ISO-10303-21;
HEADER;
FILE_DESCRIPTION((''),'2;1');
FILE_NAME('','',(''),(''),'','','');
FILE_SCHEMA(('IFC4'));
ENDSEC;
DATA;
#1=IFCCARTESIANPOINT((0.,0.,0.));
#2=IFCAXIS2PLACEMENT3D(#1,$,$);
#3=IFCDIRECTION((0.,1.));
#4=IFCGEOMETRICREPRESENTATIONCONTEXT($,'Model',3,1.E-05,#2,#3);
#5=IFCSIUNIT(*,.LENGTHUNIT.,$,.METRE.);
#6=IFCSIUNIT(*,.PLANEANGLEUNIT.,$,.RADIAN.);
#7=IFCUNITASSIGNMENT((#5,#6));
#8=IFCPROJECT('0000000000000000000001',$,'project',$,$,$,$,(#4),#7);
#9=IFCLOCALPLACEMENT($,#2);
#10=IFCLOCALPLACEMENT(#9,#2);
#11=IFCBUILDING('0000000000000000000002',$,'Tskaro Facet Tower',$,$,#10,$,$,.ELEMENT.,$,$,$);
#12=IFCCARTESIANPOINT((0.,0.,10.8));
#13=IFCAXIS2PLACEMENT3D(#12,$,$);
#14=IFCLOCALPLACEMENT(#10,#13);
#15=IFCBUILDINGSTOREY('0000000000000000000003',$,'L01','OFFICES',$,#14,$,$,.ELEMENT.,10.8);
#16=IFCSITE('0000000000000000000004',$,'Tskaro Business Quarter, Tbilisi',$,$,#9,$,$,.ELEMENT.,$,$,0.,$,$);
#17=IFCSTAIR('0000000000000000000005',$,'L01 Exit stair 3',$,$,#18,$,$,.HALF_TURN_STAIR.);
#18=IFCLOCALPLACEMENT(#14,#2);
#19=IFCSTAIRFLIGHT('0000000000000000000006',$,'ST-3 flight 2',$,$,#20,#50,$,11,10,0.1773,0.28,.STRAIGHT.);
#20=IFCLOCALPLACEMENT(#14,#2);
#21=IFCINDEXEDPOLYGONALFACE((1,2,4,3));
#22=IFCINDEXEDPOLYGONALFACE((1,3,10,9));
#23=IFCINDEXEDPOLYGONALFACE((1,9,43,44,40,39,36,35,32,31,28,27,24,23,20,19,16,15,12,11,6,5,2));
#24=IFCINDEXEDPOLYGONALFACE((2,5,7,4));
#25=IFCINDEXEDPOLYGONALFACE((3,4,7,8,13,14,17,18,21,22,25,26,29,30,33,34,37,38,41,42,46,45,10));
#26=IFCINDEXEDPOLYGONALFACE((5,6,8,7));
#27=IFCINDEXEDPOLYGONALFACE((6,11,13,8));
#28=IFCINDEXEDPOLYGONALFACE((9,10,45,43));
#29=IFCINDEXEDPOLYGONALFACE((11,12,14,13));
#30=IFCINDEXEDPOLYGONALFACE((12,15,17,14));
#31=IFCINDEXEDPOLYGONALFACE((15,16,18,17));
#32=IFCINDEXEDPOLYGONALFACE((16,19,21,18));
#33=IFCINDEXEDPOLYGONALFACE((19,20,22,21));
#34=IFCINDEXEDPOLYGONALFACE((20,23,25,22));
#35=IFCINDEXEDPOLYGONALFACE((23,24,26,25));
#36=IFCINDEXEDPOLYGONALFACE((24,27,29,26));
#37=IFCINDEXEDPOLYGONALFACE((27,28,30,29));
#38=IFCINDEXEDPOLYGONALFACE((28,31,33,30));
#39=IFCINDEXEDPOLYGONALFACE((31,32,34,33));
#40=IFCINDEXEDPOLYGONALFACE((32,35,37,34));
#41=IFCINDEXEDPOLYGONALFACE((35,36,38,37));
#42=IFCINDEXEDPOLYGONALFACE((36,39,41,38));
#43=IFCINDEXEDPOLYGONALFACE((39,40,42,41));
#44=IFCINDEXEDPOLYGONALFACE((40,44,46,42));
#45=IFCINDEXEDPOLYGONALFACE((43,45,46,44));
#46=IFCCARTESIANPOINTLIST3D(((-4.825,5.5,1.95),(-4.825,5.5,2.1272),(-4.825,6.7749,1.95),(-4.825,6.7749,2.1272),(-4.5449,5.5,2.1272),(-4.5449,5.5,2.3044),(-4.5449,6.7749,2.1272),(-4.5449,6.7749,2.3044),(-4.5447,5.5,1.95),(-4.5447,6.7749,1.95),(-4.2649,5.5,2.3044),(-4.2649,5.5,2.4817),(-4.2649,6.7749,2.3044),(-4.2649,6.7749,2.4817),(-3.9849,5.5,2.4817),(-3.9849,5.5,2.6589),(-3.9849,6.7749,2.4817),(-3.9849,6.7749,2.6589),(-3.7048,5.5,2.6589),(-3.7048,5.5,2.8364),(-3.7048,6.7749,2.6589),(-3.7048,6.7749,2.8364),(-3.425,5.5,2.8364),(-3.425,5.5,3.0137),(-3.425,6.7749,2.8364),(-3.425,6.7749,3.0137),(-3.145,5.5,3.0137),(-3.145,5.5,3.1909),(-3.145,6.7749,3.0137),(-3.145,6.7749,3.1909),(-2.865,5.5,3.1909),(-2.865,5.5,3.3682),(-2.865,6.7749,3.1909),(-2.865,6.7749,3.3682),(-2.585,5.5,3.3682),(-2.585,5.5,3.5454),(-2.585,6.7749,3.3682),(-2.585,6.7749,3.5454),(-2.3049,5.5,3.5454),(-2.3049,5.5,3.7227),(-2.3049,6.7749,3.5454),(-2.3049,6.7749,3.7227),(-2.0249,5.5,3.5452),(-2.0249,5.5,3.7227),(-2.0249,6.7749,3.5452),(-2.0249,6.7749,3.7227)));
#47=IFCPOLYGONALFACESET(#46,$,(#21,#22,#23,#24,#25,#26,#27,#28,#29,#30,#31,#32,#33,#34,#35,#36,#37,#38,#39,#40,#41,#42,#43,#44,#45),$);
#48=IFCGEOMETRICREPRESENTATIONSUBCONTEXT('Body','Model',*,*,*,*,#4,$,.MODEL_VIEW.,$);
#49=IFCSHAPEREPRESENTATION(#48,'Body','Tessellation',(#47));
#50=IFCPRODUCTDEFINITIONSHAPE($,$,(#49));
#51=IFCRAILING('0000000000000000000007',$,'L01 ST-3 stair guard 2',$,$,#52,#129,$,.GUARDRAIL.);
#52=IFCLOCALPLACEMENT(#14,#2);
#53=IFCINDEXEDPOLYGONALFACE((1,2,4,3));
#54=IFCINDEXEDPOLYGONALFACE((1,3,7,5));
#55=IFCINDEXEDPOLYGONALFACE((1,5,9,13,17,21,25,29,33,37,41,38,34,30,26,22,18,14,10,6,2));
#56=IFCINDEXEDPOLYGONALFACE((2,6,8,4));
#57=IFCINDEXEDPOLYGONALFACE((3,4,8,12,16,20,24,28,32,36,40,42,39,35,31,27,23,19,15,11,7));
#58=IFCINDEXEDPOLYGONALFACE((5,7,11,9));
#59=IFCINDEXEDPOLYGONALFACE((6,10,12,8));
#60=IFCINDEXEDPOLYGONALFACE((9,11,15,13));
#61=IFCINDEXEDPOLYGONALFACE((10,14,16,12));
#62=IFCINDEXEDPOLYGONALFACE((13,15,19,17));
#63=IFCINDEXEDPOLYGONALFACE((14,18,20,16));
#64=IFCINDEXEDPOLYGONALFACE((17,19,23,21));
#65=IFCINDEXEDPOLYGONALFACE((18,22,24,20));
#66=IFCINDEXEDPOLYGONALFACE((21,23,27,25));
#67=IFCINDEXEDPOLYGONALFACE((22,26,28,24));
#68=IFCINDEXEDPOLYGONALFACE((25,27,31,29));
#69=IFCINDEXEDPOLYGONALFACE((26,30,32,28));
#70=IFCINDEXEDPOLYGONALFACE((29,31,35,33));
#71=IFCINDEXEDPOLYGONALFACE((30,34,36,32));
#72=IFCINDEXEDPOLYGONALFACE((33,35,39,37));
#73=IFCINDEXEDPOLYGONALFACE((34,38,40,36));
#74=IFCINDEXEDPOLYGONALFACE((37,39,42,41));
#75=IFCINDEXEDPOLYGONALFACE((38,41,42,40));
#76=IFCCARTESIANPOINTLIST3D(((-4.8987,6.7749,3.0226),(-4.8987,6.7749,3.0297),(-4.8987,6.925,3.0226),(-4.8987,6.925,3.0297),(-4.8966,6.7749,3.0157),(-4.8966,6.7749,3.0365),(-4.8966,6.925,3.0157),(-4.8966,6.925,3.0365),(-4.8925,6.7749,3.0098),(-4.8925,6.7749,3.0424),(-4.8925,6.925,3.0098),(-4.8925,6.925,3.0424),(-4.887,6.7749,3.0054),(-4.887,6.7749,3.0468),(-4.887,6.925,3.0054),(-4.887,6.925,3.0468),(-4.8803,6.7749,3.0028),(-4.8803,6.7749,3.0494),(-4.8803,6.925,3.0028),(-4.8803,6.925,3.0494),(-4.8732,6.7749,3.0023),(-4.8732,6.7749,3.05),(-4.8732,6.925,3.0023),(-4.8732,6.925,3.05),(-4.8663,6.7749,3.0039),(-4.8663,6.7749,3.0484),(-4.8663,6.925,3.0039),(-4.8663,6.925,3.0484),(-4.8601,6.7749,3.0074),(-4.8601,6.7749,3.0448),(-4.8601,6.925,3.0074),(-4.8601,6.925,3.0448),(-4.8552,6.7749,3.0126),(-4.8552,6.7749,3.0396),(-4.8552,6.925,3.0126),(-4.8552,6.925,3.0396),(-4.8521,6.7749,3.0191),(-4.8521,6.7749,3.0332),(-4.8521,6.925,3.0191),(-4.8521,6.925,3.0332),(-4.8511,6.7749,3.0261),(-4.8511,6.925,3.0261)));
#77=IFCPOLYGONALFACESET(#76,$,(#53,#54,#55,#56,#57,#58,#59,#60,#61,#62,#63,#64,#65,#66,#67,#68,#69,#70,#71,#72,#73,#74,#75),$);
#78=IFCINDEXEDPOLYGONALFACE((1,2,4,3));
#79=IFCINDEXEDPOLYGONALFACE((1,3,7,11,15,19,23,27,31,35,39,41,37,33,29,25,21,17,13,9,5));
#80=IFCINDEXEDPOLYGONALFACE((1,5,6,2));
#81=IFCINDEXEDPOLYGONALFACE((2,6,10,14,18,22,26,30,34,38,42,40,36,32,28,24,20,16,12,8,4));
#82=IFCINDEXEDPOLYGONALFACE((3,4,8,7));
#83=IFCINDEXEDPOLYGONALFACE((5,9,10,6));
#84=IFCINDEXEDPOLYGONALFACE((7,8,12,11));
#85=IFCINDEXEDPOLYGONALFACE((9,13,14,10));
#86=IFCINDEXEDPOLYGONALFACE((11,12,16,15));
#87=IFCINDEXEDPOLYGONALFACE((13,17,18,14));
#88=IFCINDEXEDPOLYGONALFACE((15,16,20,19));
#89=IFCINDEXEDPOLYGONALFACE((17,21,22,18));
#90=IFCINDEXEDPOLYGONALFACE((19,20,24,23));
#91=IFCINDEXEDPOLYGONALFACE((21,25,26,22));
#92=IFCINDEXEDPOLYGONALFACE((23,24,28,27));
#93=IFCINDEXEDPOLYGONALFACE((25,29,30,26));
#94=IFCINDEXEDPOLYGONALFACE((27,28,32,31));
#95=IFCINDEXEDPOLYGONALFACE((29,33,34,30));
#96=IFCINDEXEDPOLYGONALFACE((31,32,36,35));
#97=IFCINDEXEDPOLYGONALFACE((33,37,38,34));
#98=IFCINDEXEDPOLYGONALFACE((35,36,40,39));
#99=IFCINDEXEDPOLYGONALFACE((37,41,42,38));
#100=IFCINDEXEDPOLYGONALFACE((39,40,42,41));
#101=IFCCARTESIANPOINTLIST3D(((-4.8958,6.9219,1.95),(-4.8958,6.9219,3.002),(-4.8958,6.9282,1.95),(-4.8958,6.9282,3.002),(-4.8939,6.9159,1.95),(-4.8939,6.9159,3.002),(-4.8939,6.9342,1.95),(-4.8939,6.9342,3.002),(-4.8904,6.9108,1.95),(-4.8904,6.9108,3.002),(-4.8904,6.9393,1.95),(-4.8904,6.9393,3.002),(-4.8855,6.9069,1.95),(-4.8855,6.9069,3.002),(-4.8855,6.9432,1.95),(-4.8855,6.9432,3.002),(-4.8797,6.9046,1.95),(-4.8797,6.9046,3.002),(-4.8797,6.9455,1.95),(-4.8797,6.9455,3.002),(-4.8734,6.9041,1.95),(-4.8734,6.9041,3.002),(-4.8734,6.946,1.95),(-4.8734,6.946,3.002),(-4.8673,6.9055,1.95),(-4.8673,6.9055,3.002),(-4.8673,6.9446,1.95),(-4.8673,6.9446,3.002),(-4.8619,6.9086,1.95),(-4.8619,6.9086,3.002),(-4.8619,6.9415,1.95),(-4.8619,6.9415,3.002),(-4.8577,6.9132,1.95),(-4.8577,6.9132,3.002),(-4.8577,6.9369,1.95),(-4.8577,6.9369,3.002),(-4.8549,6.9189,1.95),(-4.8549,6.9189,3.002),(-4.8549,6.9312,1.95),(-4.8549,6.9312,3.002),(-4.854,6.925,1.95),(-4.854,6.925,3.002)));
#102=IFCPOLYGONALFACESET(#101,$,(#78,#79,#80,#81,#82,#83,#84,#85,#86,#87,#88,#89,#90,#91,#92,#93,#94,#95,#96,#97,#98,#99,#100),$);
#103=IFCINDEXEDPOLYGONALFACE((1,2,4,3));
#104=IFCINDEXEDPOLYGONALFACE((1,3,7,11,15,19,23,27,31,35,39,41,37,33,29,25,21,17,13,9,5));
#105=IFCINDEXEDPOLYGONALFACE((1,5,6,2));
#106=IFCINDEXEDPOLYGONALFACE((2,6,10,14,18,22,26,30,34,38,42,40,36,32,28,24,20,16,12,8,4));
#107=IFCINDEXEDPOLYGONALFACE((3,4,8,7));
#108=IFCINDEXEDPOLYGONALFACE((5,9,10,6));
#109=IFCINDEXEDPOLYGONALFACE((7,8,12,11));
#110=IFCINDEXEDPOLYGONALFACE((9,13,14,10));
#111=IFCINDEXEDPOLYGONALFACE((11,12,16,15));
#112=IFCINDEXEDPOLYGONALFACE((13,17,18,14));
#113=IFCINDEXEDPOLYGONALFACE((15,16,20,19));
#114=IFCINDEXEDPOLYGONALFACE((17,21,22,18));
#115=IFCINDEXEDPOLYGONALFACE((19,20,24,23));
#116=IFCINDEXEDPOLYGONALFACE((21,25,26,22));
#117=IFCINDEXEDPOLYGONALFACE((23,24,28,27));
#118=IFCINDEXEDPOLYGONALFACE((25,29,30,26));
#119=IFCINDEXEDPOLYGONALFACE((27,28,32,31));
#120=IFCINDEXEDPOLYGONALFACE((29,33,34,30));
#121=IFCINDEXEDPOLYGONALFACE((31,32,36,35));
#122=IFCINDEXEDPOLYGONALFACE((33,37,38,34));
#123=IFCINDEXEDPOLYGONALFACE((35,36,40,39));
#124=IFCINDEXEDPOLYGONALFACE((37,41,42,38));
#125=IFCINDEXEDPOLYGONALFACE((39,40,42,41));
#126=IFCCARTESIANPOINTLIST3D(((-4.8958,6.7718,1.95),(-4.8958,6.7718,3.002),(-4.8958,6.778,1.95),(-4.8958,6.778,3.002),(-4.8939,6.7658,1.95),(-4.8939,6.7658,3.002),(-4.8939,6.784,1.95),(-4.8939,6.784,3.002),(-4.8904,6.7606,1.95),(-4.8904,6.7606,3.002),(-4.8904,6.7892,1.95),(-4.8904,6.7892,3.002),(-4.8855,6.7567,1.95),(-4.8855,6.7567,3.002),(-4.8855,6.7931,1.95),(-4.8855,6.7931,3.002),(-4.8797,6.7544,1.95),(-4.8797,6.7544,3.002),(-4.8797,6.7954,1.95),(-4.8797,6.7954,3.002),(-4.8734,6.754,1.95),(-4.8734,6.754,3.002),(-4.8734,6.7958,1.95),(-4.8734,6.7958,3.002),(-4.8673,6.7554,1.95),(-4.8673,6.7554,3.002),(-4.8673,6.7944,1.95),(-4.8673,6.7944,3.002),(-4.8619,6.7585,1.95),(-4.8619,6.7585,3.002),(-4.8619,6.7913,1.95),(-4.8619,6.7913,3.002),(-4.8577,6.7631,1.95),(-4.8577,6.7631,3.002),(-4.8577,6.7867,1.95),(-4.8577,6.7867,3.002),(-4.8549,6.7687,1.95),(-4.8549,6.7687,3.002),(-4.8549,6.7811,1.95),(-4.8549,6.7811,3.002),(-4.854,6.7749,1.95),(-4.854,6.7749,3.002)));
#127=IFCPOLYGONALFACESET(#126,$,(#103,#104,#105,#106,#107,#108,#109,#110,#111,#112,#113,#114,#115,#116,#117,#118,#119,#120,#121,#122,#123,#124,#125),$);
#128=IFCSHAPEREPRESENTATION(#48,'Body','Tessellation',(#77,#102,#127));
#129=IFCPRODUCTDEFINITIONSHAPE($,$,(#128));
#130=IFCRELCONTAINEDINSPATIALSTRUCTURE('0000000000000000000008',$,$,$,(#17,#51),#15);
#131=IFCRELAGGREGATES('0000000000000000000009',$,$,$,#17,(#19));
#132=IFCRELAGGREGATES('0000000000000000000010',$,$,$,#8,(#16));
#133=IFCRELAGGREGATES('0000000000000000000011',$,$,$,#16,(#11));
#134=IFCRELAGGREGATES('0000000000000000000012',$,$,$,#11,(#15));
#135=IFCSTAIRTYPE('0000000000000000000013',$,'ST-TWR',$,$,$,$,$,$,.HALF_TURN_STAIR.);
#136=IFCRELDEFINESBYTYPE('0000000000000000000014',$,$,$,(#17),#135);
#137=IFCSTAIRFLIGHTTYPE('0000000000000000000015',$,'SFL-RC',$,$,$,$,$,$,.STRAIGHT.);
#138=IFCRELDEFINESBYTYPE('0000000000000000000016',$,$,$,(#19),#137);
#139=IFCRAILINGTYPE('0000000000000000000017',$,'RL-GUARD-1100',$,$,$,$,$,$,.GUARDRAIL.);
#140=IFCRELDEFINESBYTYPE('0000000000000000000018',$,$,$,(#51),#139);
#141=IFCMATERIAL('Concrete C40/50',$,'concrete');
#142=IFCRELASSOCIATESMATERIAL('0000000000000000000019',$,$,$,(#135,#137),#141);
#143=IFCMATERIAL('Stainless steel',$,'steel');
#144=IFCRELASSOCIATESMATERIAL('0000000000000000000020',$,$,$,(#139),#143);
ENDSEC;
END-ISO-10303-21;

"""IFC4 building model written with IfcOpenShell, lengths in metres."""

from ifc_helpers import new_model, si_unit, direction, frame, origin, origin_2d, place, context, subcontext, project, spatial, polyline, circle, outline, extrude, material, type_object, element, aggregate, save


model = new_model("IFC4")

# Units and contexts
model_context = context("Model", 3, precision=1e-05, world=origin(), true_north=direction((0.0, 1.0)))
body_context = subcontext(model_context, "Body", "Model", "MODEL_VIEW")
ifc_project = project(units=[si_unit("LENGTHUNIT", "METRE"), si_unit("PLANEANGLEUNIT", "RADIAN")], contexts=[model_context])

# Site, building, storey
site_placement = place(None, origin())
site = spatial("IfcSite", under=ifc_project, at=site_placement, Name="Tskaro Business Quarter, Tbilisi", CompositionType="ELEMENT", RefElevation=0.0)
building_placement = place(site_placement, origin())
building = spatial("IfcBuilding", under=site, at=building_placement, Name="Tskaro Facet Tower", CompositionType="ELEMENT")
storey_placement = place(building_placement, frame((0.0, 0.0, 10.8)))
storey = spatial("IfcBuildingStorey", under=building, at=storey_placement, Name="L01", Description="OFFICES", CompositionType="ELEMENT", Elevation=10.8)

# Stair, stair flight
ifc_material_1 = material(Name="Concrete C40/50", Category="concrete")
stair_type = type_object("IfcStairType", Name="ST-TWR", PredefinedType="HALF_TURN_STAIR", material=ifc_material_1)
stair_placement = place(storey_placement, origin())
stair = element("IfcStair", 1, at=stair_placement, inside=storey, type_object=stair_type, Name="L01 Exit stair 3", PredefinedType="HALF_TURN_STAIR")
stair_flight_type = type_object("IfcStairFlightType", Name="SFL-RC", PredefinedType="STRAIGHT", material=ifc_material_1)
stair_flight_1_placement = place(storey_placement, frame((-4.825, 6.1375, 1.95), z_axis=(0.0, 0.0, 1.0), x_axis=(1.0, 0.0, 0.0)))
stair_flight_1 = element("IfcStairFlight", 2, at=stair_flight_1_placement, type_object=stair_flight_type, Name="ST-3 flight 2", NumberOfRisers=11, NumberOfTreads=10, PredefinedType="STRAIGHT", RiserHeight=0.1773, TreadLength=0.28, context=body_context, shape_type="SweptSolid", body=[
    extrude(outline(polyline([(0.0, 0.0), (0.0, 0.1772), (0.28, 0.1772), (0.28, 0.3545), (0.5601, 0.3545), (0.5601, 0.5317), (0.8401, 0.5317), (0.8401, 0.709), (1.1201, 0.709), (1.1201, 0.8865), (1.3999, 0.8865), (1.3999, 1.0637), (1.6799, 1.0637), (1.6799, 1.241), (1.96, 1.241), (1.96, 1.4182), (2.24, 1.4182), (2.24, 1.5955), (2.52, 1.5955), (2.52, 1.7727), (2.8, 1.7727), (2.8, 1.95), (2.8, 1.5952), (0.2803, 0.0), (0.0, 0.0)])), frame((0.0, 0.6375, 0.0), z_axis=(0.0, -1.0, 0.0), x_axis=(1.0, 0.0, 0.0)), (0.0, 0.0, 1.0), 1.2749),
])
aggregate(stair, [stair_flight_1])

# Railing
ifc_material_2 = material(Name="Stainless steel", Category="steel")
railing_type = type_object("IfcRailingType", Name="RL-GUARD-1100", PredefinedType="GUARDRAIL", material=ifc_material_2)
railing_1_placement = place(storey_placement, frame((-4.875, 6.925, 1.95)))
element("IfcRailing", 3, at=railing_1_placement, inside=storey, type_object=railing_type, Name="L01 ST-3 stair guard 2", PredefinedType="GUARDRAIL", context=body_context, shape_type="SweptSolid", body=[
    extrude(circle(Radius=0.0239, at=origin_2d()), frame((0.0, 0.0, 1.0762), z_axis=(0.0, -1.0, 0.0), x_axis=(1.0, 0.0, 0.0)), (0.0, 0.0, 1.0), 0.1501),
    extrude(circle(Radius=0.021, at=origin_2d()), origin(), (0.0, 0.0, 1.0), 1.052),
    extrude(circle(Radius=0.021, at=origin_2d()), frame((0.0, -0.1501, 0.0)), (0.0, 0.0, 1.0), 1.052),
])

save(model, "model.ifc")
